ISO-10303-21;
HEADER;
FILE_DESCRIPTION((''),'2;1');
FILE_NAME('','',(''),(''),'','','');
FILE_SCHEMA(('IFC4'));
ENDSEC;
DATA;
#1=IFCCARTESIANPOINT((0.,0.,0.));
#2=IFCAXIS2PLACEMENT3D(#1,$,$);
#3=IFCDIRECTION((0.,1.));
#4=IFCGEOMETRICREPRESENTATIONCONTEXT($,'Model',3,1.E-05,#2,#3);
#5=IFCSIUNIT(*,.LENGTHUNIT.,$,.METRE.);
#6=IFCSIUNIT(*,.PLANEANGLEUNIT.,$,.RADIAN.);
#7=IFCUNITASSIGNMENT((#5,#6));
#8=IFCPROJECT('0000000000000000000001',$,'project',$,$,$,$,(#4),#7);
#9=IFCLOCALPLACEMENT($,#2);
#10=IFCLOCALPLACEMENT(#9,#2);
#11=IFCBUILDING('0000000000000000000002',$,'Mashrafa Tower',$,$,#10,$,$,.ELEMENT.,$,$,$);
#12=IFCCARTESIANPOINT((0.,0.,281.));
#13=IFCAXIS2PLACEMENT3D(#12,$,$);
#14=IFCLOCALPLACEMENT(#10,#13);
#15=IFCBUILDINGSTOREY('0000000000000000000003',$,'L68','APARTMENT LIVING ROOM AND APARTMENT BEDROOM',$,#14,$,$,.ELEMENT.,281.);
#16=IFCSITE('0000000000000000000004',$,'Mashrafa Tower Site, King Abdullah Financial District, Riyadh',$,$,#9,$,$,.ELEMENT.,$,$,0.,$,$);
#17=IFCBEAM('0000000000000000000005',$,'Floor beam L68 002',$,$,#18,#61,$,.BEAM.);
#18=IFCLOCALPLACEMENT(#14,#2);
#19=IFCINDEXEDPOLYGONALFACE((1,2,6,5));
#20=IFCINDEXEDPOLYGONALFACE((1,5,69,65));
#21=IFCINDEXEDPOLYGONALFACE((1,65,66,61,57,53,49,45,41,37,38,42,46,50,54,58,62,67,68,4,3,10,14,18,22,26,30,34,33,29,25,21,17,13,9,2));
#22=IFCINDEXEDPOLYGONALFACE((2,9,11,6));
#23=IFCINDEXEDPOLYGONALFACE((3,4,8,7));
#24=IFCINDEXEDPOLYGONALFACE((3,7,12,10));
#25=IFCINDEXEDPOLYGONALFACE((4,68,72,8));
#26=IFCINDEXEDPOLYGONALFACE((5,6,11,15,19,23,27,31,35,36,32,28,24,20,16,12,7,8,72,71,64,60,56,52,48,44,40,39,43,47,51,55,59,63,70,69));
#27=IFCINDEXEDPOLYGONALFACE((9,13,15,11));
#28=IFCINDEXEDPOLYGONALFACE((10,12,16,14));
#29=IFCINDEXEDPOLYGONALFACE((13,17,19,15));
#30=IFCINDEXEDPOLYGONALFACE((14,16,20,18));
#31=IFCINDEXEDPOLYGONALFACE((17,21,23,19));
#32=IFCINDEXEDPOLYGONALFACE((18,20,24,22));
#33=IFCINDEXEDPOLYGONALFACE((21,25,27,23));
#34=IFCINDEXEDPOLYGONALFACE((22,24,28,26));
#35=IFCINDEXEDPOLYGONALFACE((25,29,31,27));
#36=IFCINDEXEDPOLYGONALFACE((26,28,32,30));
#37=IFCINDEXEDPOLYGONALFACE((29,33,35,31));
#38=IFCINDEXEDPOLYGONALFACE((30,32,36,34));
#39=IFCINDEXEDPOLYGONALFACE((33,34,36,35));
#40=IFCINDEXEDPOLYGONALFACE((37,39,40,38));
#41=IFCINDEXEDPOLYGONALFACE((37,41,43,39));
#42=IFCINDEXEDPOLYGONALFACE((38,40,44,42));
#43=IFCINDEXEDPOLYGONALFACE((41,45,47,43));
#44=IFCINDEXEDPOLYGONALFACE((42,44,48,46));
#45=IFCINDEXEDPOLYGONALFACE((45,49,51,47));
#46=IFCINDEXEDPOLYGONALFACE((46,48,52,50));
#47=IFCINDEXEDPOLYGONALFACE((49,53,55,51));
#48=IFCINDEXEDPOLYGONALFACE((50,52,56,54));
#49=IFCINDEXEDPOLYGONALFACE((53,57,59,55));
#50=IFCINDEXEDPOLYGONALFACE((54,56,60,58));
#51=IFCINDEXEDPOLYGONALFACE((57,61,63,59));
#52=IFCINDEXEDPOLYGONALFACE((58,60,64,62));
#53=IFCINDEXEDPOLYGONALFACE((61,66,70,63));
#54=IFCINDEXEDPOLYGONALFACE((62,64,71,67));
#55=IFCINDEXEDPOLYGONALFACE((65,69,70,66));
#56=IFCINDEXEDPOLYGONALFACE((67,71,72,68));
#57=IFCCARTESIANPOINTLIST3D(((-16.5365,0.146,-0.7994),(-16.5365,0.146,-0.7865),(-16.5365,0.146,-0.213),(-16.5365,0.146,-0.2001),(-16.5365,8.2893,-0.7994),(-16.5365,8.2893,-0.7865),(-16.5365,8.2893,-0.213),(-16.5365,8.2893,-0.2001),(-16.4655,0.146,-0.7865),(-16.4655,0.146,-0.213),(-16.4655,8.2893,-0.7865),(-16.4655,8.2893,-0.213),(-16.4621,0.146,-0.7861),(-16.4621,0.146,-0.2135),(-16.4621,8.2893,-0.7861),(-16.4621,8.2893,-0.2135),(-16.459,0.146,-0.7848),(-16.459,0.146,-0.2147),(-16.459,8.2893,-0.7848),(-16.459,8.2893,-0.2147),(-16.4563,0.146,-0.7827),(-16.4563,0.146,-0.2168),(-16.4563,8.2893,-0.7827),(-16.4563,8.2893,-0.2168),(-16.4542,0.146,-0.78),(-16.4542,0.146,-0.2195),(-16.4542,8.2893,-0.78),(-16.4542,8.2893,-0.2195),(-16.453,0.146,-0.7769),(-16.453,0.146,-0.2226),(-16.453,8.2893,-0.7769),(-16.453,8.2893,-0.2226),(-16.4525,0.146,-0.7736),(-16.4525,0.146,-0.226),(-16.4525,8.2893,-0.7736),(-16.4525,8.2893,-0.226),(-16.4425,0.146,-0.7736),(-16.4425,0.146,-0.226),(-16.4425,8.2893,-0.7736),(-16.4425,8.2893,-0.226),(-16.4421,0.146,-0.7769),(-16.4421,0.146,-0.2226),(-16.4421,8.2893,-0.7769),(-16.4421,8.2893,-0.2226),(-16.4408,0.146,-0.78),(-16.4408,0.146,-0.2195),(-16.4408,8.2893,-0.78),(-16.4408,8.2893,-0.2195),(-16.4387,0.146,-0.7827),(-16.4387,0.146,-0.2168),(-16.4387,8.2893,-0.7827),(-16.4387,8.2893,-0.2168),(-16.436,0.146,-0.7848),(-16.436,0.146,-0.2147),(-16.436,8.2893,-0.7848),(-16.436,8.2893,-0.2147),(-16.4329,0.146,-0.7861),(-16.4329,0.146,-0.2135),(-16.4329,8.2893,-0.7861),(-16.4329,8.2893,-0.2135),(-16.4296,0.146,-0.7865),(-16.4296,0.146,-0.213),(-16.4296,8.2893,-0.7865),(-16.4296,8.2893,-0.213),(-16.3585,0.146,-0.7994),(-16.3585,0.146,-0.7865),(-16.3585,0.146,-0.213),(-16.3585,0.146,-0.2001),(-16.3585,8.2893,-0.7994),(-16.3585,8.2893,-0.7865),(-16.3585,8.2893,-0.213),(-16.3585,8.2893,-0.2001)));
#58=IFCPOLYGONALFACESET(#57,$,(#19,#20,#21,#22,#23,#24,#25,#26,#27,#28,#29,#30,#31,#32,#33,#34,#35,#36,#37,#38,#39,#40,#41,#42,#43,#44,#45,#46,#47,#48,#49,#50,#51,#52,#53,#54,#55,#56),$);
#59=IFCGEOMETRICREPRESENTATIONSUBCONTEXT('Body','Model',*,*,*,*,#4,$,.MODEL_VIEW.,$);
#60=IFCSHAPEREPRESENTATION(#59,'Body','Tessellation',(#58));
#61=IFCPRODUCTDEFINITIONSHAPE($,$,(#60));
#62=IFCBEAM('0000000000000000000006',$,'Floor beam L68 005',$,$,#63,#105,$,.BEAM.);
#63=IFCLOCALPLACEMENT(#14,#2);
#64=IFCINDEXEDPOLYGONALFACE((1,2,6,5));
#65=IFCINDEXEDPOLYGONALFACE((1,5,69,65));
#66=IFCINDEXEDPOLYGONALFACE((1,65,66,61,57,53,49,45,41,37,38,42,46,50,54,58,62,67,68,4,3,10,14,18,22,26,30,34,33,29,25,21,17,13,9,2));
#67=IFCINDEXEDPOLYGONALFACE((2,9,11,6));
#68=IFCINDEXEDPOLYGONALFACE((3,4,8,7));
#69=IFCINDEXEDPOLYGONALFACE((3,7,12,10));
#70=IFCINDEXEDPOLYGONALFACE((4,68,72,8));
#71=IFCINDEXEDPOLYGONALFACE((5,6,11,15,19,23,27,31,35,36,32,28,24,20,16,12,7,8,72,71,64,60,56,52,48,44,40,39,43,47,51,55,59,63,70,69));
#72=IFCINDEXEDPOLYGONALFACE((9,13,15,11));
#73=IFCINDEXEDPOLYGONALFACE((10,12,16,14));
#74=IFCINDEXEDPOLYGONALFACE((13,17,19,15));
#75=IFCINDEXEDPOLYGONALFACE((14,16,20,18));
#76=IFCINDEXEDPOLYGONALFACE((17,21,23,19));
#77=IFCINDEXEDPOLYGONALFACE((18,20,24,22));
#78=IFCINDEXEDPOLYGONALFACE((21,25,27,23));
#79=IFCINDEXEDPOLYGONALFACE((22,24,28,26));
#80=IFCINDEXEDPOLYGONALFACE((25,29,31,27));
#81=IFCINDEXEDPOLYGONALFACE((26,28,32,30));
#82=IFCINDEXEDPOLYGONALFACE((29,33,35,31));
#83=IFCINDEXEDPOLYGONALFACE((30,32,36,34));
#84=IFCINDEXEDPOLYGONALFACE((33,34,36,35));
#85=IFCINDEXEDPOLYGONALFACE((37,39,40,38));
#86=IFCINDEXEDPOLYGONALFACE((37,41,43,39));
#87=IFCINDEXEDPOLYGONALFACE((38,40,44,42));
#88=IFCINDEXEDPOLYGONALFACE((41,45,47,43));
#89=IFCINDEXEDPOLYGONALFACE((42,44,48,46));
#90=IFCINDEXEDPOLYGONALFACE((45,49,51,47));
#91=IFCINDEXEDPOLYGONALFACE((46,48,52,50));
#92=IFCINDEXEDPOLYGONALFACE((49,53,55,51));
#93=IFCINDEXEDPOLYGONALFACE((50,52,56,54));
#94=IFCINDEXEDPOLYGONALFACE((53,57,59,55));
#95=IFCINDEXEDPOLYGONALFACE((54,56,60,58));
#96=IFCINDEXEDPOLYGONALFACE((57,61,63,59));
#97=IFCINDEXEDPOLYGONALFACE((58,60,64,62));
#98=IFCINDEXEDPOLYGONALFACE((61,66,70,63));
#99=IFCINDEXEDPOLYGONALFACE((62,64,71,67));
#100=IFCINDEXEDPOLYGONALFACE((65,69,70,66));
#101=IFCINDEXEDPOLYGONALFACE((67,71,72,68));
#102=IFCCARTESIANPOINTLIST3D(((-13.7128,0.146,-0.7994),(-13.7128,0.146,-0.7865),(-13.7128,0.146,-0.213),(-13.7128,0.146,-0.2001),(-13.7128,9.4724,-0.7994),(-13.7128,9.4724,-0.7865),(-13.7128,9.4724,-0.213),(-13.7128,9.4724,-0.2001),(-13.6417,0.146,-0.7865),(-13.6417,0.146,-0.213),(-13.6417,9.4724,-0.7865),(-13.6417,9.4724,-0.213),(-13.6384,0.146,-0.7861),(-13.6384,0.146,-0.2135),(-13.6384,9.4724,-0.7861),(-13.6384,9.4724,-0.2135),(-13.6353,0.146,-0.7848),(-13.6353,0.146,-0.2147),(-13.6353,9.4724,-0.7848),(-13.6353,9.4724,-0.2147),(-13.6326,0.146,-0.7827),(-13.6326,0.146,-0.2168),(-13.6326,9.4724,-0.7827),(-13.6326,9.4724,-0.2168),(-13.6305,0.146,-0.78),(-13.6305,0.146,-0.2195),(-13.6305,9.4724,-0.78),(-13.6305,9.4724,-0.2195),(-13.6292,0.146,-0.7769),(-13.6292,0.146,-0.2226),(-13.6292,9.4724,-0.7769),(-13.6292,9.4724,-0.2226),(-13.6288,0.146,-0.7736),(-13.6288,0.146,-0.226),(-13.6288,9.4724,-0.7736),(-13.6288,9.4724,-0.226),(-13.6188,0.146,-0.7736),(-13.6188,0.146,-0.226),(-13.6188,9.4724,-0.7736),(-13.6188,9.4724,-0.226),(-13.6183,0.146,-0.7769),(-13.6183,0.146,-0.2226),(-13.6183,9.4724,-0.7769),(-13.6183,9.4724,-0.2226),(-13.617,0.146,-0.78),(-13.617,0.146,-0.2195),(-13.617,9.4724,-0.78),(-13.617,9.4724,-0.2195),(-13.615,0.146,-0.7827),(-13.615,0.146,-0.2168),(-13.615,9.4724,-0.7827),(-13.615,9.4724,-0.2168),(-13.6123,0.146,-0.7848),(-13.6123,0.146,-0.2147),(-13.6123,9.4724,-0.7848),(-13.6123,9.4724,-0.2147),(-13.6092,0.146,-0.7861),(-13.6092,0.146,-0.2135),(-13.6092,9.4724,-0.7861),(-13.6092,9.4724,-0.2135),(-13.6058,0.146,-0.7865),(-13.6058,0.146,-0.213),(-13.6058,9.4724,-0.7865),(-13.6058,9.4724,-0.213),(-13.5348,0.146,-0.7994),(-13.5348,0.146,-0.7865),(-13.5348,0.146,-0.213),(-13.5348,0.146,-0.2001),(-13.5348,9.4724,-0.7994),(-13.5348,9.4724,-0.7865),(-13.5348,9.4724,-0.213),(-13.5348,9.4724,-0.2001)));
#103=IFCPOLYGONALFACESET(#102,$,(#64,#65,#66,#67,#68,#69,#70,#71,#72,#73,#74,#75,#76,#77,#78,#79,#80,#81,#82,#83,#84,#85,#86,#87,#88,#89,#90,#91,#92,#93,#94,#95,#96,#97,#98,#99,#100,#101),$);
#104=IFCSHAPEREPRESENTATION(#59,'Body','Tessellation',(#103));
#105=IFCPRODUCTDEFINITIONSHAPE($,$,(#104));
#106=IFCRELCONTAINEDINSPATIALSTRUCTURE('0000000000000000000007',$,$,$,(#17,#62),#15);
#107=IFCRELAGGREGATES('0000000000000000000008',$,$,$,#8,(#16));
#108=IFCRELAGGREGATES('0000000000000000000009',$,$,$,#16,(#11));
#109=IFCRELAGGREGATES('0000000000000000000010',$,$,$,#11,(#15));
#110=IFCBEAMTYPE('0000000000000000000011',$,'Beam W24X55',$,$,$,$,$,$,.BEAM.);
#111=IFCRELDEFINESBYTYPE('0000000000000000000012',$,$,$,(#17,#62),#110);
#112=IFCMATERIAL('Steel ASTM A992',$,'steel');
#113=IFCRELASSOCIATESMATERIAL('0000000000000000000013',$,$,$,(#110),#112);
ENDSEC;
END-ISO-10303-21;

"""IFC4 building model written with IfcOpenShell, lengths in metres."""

from ifc_helpers import new_model, si_unit, direction, frame, origin, origin_2d, place, context, subcontext, project, spatial, i_section, extrude, material, material_profile, profile_set, type_object, element, save


model = new_model("IFC4")

# Units and contexts
model_context = context("Model", 3, precision=1e-05, world=origin(), true_north=direction((0.0, 1.0)))
body_context = subcontext(model_context, "Body", "Model", "MODEL_VIEW")
ifc_project = project(units=[si_unit("LENGTHUNIT", "METRE"), si_unit("PLANEANGLEUNIT", "RADIAN")], contexts=[model_context])

# Site, building, storey
site_placement = place(None, origin())
site = spatial("IfcSite", under=ifc_project, at=site_placement, Name="Mashrafa Tower Site, King Abdullah Financial District, Riyadh", CompositionType="ELEMENT", RefElevation=0.0)
building_placement = place(site_placement, origin())
building = spatial("IfcBuilding", under=site, at=building_placement, Name="Mashrafa Tower", CompositionType="ELEMENT")
storey_placement = place(building_placement, frame((0.0, 0.0, 281.0)))
storey = spatial("IfcBuildingStorey", under=building, at=storey_placement, Name="L68", Description="APARTMENT LIVING ROOM AND APARTMENT BEDROOM", CompositionType="ELEMENT", Elevation=281.0)

# Beams
ifc_material_1 = material(Name="Steel ASTM A992", Category="steel")
ifc_material_profile = material_profile(ifc_material_1, i_section(OverallWidth=0.178, OverallDepth=0.5994, WebThickness=0.01, FlangeThickness=0.0129, FilletRadius=0.0129, at=origin_2d()), Name="W24X55")
ifc_profile_set = profile_set([ifc_material_profile], Name="Steel ASTM A992")
beam_type = type_object("IfcBeamType", Name="Beam W24X55", PredefinedType="BEAM", material=ifc_profile_set)
beam_1_placement = place(storey_placement, frame((-16.4475, 0.146, -0.4998), z_axis=(0.0, 1.0, 0.0), x_axis=(-1.0, 0.0, 0.0)))
element("IfcBeam", 1, at=beam_1_placement, inside=storey, type_object=beam_type, Name="Floor beam L68 002", PredefinedType="BEAM", context=body_context, shape_type="SweptSolid", body=[
    extrude(i_section(OverallWidth=0.178, OverallDepth=0.5994, WebThickness=0.01, FlangeThickness=0.0129, FilletRadius=0.0129, at=origin_2d()), origin(), (0.0, 0.0, 1.0), 8.1433),
])
beam_2_placement = place(storey_placement, frame((-13.6238, 0.146, -0.4998), z_axis=(0.0, 1.0, 0.0), x_axis=(-1.0, 0.0, 0.0)))
element("IfcBeam", 2, at=beam_2_placement, inside=storey, type_object=beam_type, Name="Floor beam L68 005", PredefinedType="BEAM", context=body_context, shape_type="SweptSolid", body=[
    extrude(i_section(OverallWidth=0.178, OverallDepth=0.5994, WebThickness=0.01, FlangeThickness=0.0129, FilletRadius=0.0129, at=origin_2d()), origin(), (0.0, 0.0, 1.0), 9.3264),
])

save(model, "model.ifc")
